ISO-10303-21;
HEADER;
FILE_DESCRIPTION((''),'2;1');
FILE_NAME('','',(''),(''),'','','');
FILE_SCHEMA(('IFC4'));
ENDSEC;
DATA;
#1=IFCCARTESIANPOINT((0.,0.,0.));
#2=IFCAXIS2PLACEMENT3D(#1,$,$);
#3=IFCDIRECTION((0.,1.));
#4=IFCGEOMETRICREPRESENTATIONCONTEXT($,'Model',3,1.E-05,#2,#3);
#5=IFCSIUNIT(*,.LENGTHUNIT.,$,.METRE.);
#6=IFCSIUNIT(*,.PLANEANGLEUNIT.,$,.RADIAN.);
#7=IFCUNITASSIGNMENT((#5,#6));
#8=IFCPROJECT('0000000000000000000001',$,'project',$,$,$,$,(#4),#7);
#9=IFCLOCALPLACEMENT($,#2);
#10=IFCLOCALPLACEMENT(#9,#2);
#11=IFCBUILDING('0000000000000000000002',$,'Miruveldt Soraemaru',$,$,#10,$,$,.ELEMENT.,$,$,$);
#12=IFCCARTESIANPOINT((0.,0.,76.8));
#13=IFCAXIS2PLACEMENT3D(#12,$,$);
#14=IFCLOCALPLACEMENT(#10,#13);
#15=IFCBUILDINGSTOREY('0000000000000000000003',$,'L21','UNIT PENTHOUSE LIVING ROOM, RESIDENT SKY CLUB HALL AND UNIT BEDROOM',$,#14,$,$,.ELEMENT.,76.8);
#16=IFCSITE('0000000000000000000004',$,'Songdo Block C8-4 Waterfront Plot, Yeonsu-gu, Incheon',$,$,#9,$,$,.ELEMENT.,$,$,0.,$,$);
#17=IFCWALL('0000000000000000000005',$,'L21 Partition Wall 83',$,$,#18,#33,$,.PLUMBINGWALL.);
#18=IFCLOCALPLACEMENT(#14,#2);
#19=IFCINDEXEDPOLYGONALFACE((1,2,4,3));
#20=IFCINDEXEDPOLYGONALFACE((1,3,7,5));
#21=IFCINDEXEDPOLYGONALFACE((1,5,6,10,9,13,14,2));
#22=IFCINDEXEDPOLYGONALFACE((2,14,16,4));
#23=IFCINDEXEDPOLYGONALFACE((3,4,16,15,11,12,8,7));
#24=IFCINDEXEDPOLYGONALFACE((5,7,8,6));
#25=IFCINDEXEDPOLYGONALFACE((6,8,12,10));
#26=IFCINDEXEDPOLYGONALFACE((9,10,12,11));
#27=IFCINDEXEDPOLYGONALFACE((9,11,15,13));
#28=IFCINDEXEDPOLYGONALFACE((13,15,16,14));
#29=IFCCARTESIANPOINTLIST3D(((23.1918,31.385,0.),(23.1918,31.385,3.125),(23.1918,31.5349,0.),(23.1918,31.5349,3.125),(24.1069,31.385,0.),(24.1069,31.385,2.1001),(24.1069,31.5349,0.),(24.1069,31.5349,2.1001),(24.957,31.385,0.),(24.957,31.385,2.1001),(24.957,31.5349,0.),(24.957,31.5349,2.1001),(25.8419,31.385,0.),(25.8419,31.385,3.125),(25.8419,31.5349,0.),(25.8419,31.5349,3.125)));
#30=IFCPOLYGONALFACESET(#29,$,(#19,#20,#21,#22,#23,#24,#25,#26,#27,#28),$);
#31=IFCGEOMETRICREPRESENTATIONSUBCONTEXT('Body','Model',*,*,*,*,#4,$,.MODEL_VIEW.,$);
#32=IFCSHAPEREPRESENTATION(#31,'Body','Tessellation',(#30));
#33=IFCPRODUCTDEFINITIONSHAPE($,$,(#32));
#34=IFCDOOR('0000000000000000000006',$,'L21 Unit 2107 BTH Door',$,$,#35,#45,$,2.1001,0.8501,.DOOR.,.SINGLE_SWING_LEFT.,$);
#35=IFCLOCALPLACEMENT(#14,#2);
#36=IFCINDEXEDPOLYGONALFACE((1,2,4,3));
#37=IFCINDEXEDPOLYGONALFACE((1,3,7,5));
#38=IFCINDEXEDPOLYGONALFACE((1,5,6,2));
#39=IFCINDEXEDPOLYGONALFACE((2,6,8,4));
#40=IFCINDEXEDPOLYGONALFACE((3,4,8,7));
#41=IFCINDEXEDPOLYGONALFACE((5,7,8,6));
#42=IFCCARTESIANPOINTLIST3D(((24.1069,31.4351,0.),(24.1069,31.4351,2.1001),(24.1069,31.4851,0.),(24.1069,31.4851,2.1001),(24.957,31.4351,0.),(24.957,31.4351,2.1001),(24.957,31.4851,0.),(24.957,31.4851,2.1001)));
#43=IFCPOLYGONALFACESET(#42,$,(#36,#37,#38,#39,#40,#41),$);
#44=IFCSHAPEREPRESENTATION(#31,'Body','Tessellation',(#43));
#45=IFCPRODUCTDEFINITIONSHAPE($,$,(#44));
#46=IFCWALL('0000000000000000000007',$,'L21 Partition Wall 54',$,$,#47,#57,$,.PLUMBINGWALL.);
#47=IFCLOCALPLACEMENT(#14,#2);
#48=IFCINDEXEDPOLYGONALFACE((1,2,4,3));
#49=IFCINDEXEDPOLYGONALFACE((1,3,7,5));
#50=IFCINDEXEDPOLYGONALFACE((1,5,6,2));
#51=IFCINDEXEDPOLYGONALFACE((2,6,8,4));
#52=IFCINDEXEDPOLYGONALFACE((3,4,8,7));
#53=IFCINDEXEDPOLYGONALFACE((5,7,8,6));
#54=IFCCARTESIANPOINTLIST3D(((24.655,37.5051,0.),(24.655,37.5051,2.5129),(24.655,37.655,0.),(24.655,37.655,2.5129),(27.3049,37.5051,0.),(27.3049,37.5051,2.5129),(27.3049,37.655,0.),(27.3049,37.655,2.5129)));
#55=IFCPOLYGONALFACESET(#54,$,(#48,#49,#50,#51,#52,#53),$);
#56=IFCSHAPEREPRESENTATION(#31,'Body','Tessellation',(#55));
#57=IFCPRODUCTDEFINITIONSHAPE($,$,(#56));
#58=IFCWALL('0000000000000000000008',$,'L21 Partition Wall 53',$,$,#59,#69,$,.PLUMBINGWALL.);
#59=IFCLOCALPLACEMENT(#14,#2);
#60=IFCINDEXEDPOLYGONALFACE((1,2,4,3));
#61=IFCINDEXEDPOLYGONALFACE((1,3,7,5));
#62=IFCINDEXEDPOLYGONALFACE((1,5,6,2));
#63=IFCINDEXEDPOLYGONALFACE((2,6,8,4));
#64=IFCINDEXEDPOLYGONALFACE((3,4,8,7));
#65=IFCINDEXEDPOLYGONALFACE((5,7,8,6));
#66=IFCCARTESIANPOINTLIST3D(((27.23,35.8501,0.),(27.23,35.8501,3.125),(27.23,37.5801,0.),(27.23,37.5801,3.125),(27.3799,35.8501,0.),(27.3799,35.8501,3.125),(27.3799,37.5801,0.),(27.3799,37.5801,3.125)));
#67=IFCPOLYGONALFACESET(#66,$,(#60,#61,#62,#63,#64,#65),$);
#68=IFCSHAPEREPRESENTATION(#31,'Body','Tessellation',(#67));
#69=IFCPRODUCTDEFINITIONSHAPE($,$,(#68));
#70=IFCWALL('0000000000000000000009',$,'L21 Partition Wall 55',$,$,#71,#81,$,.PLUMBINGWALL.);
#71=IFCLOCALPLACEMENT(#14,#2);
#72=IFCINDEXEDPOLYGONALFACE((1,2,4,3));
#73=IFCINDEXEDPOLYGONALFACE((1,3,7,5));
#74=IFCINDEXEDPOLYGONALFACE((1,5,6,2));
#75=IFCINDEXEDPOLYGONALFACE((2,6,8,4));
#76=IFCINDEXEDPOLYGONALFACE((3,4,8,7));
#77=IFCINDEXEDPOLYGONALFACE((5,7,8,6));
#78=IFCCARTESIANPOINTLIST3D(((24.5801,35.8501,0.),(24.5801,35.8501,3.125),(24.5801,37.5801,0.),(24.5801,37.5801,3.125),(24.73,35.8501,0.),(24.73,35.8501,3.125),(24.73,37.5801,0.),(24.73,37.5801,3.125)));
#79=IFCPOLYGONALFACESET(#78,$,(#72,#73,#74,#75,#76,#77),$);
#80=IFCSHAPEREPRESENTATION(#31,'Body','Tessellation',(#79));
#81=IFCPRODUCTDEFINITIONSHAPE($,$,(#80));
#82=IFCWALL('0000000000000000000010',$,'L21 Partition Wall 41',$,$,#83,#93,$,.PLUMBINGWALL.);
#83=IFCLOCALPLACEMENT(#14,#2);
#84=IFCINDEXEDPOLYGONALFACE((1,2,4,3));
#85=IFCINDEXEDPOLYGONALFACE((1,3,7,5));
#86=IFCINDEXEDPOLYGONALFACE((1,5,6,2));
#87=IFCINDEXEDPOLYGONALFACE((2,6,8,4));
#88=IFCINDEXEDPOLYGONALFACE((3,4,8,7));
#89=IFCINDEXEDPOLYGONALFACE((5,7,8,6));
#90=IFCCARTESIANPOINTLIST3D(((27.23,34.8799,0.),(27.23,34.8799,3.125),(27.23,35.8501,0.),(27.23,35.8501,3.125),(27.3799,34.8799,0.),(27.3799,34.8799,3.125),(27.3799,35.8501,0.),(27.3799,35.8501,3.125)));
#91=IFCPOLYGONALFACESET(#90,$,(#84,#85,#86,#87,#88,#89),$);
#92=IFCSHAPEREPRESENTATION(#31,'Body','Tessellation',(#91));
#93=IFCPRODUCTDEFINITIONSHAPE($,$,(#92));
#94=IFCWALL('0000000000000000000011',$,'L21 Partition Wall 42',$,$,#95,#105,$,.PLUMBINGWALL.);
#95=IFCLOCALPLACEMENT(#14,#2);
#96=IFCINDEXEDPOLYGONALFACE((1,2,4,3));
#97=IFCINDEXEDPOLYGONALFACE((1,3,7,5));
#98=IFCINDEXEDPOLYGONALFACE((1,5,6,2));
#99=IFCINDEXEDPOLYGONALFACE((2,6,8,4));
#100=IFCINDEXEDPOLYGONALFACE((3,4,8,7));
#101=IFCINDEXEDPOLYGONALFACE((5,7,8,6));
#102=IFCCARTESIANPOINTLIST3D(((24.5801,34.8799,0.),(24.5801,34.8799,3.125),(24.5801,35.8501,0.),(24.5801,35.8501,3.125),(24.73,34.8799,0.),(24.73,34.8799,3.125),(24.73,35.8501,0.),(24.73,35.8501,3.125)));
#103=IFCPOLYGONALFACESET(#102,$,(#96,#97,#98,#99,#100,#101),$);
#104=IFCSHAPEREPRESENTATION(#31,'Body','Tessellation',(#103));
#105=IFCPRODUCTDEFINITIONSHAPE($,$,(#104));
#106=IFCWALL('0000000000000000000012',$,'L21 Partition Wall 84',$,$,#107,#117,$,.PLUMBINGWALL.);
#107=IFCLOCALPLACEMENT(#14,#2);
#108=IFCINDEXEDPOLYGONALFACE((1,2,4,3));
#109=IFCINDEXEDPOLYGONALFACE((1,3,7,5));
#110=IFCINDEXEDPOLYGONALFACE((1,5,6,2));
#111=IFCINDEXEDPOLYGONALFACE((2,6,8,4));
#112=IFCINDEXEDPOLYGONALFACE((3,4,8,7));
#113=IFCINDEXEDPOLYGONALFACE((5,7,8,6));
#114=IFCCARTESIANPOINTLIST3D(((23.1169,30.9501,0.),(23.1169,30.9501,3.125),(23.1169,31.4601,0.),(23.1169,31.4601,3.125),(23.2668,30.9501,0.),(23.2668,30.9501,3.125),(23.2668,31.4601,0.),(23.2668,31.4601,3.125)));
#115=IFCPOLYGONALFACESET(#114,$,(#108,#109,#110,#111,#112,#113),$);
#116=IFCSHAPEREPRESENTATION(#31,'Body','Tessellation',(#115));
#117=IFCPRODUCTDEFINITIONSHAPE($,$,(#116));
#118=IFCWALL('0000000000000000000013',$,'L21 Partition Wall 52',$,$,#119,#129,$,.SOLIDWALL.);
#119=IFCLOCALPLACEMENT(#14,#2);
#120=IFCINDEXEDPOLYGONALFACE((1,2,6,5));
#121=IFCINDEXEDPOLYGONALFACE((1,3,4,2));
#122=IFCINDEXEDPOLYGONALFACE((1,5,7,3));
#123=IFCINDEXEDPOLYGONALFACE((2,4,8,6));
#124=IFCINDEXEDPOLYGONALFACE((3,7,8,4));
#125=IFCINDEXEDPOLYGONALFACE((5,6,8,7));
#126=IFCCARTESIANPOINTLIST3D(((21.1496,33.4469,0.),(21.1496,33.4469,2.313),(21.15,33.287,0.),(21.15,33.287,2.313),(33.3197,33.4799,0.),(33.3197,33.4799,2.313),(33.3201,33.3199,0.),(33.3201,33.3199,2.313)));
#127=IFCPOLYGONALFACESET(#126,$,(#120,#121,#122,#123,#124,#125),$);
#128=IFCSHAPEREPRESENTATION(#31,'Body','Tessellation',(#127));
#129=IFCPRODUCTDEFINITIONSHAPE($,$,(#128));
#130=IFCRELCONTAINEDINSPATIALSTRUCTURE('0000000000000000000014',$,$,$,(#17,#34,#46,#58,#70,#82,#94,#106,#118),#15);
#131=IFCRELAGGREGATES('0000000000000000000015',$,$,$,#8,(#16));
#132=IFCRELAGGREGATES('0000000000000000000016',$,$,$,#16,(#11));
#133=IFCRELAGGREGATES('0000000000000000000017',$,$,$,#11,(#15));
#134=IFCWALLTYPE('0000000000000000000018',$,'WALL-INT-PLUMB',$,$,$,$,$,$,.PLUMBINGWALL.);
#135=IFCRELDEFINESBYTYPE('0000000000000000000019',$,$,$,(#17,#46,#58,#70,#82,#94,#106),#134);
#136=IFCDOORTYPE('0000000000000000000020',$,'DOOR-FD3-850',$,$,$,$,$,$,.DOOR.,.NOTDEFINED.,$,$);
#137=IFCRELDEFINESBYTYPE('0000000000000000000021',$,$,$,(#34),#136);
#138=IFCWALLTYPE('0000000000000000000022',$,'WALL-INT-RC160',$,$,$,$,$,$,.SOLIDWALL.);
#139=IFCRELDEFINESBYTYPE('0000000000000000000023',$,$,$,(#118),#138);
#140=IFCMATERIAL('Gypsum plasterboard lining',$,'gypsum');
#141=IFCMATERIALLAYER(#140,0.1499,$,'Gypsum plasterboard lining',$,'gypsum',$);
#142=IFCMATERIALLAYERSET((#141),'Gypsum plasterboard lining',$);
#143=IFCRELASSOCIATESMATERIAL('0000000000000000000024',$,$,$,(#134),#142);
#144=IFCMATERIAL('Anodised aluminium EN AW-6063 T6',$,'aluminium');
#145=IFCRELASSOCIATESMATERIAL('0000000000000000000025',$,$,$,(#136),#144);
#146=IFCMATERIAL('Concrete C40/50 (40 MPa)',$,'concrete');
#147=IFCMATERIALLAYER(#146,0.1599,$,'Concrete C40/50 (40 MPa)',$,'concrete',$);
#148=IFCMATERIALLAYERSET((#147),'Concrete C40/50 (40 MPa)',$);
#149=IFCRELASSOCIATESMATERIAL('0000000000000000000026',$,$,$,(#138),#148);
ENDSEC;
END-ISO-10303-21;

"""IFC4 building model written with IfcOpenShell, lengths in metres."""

from ifc_helpers import new_model, si_unit, direction, frame, frame_2d, origin, place, context, subcontext, project, spatial, rectangle, extrude, material, layer, layer_set, type_object, element, fill, save


model = new_model("IFC4")

# Units and contexts
model_context = context("Model", 3, precision=1e-05, world=origin(), true_north=direction((0.0, 1.0)))
body_context = subcontext(model_context, "Body", "Model", "MODEL_VIEW")
ifc_project = project(units=[si_unit("LENGTHUNIT", "METRE"), si_unit("PLANEANGLEUNIT", "RADIAN")], contexts=[model_context])

# Site, building, storey
site_placement = place(None, origin())
site = spatial("IfcSite", under=ifc_project, at=site_placement, Name="Songdo Block C8-4 Waterfront Plot, Yeonsu-gu, Incheon", CompositionType="ELEMENT", RefElevation=0.0)
building_placement = place(site_placement, origin())
building = spatial("IfcBuilding", under=site, at=building_placement, Name="Miruveldt Soraemaru", CompositionType="ELEMENT")
storey_placement = place(building_placement, frame((0.0, 0.0, 76.8)))
storey = spatial("IfcBuildingStorey", under=building, at=storey_placement, Name="L21", Description="UNIT PENTHOUSE LIVING ROOM, RESIDENT SKY CLUB HALL AND UNIT BEDROOM", CompositionType="ELEMENT", Elevation=76.8)

# Shared definitions
ifc_material_1 = material(Name="Anodised aluminium EN AW-6063 T6", Category="aluminium")

# Shared definitions
ifc_material_2 = material(Name="Gypsum plasterboard lining", Category="gypsum")

# Wall, opening, door
ifc_layer_1 = layer(ifc_material_2, 0.1499, Name="Gypsum plasterboard lining", Category="gypsum")
ifc_layer_set_1 = layer_set([ifc_layer_1], Name="Gypsum plasterboard lining")
wall_type_1 = type_object("IfcWallType", Name="WALL-INT-PLUMB", PredefinedType="PLUMBINGWALL", material=ifc_layer_set_1)
door_type = type_object("IfcDoorType", Name="DOOR-FD3-850", OperationType="NOTDEFINED", PredefinedType="DOOR", material=ifc_material_1)
wall_1_placement = place(storey_placement, frame((25.842, 31.46, 0.0), z_axis=(0.0, 0.0, 1.0), x_axis=(-1.0, 0.0, 0.0)))
wall_1 = element("IfcWall", 1, at=wall_1_placement, inside=storey, type_object=wall_type_1, Name="L21 Partition Wall 83", PredefinedType="PLUMBINGWALL", context=body_context, shape_type="SweptSolid", body=[
    extrude(rectangle(XDim=2.6501, YDim=0.1499, at=frame_2d((1.3252, 0.0))), origin(), (0.0, 0.0, 1.0), 3.125),
])
opening_1_placement = place(wall_1_placement, frame((0.885, 0.0, 0.0)))
opening_1 = element("IfcOpeningElement", 2, at=opening_1_placement, cuts=wall_1, PredefinedType="OPENING", context=body_context, shape_type="SweptSolid", body=[
    extrude(rectangle(XDim=0.8501, YDim=2.1001, at=frame_2d((0.425, 1.05))), frame((0.0, 0.085, 0.0), z_axis=(0.0, -1.0, 0.0), x_axis=(1.0, 0.0, 0.0)), (0.0, 0.0, 1.0), 0.1699),
])
door_1_placement = place(opening_1_placement, origin())
door_1 = element("IfcDoor", 3, at=door_1_placement, inside=storey, type_object=door_type, Name="L21 Unit 2107 BTH Door", OperationType="SINGLE_SWING_LEFT", OverallHeight=2.1001, OverallWidth=0.8501, PredefinedType="DOOR", context=body_context, shape_type="SweptSolid", body=[
    extrude(rectangle(XDim=0.8501, YDim=2.1001, at=frame_2d((0.425, 1.05))), frame((0.0, 0.0249, 0.0), z_axis=(0.0, -1.0, 0.0), x_axis=(1.0, 0.0, 0.0)), (0.0, 0.0, 1.0), 0.05),
])
fill(opening_1, door_1)

# Walls
wall_2_placement = place(storey_placement, frame((27.3049, 37.5801, 0.0), z_axis=(0.0, 0.0, 1.0), x_axis=(-1.0, 0.0, 0.0)))
element("IfcWall", 4, at=wall_2_placement, inside=storey, type_object=wall_type_1, Name="L21 Partition Wall 54", PredefinedType="PLUMBINGWALL", context=body_context, shape_type="SweptSolid", body=[
    extrude(rectangle(XDim=2.6499, YDim=0.1499, at=frame_2d((1.325, 0.0))), origin(), (0.0, 0.0, 1.0), 2.5129),
])
for number, where, z_axis, x_axis, name in (
    (5, (27.3049, 35.8501, 0.0), (0.0, 0.0, 1.0), (0.0, 1.0, 0.0), "L21 Partition Wall 53"),
    (6, (24.655, 37.5801, 0.0), (0.0, 0.0, 1.0), (0.0, -1.0, 0.0), "L21 Partition Wall 55"),
):
    element("IfcWall", number, at=place(storey_placement, frame(where, z_axis=z_axis, x_axis=x_axis)), inside=storey, type_object=wall_type_1, Name=name, PredefinedType="PLUMBINGWALL", context=body_context, shape_type="SweptSolid", body=[
        extrude(rectangle(XDim=1.73, YDim=0.1499, at=frame_2d((0.865, 0.0))), origin(), (0.0, 0.0, 1.0), 3.125),
    ])
for number, where, z_axis, x_axis, name in (
    (7, (27.3049, 34.8799, 0.0), (0.0, 0.0, 1.0), (0.0, 1.0, 0.0), "L21 Partition Wall 41"),
    (8, (24.655, 35.8501, 0.0), (0.0, 0.0, 1.0), (0.0, -1.0, 0.0), "L21 Partition Wall 42"),
):
    element("IfcWall", number, at=place(storey_placement, frame(where, z_axis=z_axis, x_axis=x_axis)), inside=storey, type_object=wall_type_1, Name=name, PredefinedType="PLUMBINGWALL", context=body_context, shape_type="SweptSolid", body=[
        extrude(rectangle(XDim=0.9702, YDim=0.1499, at=frame_2d((0.4851, 0.0))), origin(), (0.0, 0.0, 1.0), 3.125),
    ])
wall_3_placement = place(storey_placement, frame((23.1919, 31.46, 0.0), z_axis=(0.0, 0.0, 1.0), x_axis=(0.0, -1.0, 0.0)))
element("IfcWall", 9, at=wall_3_placement, inside=storey, type_object=wall_type_1, Name="L21 Partition Wall 84", PredefinedType="PLUMBINGWALL", context=body_context, shape_type="SweptSolid", body=[
    extrude(rectangle(XDim=0.51, YDim=0.1499, at=frame_2d((0.2549, 0.0))), origin(), (0.0, 0.0, 1.0), 3.125),
])
ifc_material_3 = material(Name="Concrete C40/50 (40 MPa)", Category="concrete")
ifc_layer_2 = layer(ifc_material_3, 0.1599, Name="Concrete C40/50 (40 MPa)", Category="concrete")
ifc_layer_set_2 = layer_set([ifc_layer_2], Name="Concrete C40/50 (40 MPa)")
wall_type_2 = type_object("IfcWallType", Name="WALL-INT-RC160", PredefinedType="SOLIDWALL", material=ifc_layer_set_2)
wall_4_placement = place(storey_placement, frame((21.1499, 33.3669, 0.0), z_axis=(0.0, 0.0, 1.0), x_axis=(0.999996, 0.002708, 0.0)))
element("IfcWall", 10, at=wall_4_placement, inside=storey, type_object=wall_type_2, Name="L21 Partition Wall 52", PredefinedType="SOLIDWALL", context=body_context, shape_type="SweptSolid", body=[
    extrude(rectangle(XDim=12.1702, YDim=0.1599, at=frame_2d((6.085, 0.0))), origin(), (0.0, 0.0, 1.0), 2.313),
])

save(model, "model.ifc")
